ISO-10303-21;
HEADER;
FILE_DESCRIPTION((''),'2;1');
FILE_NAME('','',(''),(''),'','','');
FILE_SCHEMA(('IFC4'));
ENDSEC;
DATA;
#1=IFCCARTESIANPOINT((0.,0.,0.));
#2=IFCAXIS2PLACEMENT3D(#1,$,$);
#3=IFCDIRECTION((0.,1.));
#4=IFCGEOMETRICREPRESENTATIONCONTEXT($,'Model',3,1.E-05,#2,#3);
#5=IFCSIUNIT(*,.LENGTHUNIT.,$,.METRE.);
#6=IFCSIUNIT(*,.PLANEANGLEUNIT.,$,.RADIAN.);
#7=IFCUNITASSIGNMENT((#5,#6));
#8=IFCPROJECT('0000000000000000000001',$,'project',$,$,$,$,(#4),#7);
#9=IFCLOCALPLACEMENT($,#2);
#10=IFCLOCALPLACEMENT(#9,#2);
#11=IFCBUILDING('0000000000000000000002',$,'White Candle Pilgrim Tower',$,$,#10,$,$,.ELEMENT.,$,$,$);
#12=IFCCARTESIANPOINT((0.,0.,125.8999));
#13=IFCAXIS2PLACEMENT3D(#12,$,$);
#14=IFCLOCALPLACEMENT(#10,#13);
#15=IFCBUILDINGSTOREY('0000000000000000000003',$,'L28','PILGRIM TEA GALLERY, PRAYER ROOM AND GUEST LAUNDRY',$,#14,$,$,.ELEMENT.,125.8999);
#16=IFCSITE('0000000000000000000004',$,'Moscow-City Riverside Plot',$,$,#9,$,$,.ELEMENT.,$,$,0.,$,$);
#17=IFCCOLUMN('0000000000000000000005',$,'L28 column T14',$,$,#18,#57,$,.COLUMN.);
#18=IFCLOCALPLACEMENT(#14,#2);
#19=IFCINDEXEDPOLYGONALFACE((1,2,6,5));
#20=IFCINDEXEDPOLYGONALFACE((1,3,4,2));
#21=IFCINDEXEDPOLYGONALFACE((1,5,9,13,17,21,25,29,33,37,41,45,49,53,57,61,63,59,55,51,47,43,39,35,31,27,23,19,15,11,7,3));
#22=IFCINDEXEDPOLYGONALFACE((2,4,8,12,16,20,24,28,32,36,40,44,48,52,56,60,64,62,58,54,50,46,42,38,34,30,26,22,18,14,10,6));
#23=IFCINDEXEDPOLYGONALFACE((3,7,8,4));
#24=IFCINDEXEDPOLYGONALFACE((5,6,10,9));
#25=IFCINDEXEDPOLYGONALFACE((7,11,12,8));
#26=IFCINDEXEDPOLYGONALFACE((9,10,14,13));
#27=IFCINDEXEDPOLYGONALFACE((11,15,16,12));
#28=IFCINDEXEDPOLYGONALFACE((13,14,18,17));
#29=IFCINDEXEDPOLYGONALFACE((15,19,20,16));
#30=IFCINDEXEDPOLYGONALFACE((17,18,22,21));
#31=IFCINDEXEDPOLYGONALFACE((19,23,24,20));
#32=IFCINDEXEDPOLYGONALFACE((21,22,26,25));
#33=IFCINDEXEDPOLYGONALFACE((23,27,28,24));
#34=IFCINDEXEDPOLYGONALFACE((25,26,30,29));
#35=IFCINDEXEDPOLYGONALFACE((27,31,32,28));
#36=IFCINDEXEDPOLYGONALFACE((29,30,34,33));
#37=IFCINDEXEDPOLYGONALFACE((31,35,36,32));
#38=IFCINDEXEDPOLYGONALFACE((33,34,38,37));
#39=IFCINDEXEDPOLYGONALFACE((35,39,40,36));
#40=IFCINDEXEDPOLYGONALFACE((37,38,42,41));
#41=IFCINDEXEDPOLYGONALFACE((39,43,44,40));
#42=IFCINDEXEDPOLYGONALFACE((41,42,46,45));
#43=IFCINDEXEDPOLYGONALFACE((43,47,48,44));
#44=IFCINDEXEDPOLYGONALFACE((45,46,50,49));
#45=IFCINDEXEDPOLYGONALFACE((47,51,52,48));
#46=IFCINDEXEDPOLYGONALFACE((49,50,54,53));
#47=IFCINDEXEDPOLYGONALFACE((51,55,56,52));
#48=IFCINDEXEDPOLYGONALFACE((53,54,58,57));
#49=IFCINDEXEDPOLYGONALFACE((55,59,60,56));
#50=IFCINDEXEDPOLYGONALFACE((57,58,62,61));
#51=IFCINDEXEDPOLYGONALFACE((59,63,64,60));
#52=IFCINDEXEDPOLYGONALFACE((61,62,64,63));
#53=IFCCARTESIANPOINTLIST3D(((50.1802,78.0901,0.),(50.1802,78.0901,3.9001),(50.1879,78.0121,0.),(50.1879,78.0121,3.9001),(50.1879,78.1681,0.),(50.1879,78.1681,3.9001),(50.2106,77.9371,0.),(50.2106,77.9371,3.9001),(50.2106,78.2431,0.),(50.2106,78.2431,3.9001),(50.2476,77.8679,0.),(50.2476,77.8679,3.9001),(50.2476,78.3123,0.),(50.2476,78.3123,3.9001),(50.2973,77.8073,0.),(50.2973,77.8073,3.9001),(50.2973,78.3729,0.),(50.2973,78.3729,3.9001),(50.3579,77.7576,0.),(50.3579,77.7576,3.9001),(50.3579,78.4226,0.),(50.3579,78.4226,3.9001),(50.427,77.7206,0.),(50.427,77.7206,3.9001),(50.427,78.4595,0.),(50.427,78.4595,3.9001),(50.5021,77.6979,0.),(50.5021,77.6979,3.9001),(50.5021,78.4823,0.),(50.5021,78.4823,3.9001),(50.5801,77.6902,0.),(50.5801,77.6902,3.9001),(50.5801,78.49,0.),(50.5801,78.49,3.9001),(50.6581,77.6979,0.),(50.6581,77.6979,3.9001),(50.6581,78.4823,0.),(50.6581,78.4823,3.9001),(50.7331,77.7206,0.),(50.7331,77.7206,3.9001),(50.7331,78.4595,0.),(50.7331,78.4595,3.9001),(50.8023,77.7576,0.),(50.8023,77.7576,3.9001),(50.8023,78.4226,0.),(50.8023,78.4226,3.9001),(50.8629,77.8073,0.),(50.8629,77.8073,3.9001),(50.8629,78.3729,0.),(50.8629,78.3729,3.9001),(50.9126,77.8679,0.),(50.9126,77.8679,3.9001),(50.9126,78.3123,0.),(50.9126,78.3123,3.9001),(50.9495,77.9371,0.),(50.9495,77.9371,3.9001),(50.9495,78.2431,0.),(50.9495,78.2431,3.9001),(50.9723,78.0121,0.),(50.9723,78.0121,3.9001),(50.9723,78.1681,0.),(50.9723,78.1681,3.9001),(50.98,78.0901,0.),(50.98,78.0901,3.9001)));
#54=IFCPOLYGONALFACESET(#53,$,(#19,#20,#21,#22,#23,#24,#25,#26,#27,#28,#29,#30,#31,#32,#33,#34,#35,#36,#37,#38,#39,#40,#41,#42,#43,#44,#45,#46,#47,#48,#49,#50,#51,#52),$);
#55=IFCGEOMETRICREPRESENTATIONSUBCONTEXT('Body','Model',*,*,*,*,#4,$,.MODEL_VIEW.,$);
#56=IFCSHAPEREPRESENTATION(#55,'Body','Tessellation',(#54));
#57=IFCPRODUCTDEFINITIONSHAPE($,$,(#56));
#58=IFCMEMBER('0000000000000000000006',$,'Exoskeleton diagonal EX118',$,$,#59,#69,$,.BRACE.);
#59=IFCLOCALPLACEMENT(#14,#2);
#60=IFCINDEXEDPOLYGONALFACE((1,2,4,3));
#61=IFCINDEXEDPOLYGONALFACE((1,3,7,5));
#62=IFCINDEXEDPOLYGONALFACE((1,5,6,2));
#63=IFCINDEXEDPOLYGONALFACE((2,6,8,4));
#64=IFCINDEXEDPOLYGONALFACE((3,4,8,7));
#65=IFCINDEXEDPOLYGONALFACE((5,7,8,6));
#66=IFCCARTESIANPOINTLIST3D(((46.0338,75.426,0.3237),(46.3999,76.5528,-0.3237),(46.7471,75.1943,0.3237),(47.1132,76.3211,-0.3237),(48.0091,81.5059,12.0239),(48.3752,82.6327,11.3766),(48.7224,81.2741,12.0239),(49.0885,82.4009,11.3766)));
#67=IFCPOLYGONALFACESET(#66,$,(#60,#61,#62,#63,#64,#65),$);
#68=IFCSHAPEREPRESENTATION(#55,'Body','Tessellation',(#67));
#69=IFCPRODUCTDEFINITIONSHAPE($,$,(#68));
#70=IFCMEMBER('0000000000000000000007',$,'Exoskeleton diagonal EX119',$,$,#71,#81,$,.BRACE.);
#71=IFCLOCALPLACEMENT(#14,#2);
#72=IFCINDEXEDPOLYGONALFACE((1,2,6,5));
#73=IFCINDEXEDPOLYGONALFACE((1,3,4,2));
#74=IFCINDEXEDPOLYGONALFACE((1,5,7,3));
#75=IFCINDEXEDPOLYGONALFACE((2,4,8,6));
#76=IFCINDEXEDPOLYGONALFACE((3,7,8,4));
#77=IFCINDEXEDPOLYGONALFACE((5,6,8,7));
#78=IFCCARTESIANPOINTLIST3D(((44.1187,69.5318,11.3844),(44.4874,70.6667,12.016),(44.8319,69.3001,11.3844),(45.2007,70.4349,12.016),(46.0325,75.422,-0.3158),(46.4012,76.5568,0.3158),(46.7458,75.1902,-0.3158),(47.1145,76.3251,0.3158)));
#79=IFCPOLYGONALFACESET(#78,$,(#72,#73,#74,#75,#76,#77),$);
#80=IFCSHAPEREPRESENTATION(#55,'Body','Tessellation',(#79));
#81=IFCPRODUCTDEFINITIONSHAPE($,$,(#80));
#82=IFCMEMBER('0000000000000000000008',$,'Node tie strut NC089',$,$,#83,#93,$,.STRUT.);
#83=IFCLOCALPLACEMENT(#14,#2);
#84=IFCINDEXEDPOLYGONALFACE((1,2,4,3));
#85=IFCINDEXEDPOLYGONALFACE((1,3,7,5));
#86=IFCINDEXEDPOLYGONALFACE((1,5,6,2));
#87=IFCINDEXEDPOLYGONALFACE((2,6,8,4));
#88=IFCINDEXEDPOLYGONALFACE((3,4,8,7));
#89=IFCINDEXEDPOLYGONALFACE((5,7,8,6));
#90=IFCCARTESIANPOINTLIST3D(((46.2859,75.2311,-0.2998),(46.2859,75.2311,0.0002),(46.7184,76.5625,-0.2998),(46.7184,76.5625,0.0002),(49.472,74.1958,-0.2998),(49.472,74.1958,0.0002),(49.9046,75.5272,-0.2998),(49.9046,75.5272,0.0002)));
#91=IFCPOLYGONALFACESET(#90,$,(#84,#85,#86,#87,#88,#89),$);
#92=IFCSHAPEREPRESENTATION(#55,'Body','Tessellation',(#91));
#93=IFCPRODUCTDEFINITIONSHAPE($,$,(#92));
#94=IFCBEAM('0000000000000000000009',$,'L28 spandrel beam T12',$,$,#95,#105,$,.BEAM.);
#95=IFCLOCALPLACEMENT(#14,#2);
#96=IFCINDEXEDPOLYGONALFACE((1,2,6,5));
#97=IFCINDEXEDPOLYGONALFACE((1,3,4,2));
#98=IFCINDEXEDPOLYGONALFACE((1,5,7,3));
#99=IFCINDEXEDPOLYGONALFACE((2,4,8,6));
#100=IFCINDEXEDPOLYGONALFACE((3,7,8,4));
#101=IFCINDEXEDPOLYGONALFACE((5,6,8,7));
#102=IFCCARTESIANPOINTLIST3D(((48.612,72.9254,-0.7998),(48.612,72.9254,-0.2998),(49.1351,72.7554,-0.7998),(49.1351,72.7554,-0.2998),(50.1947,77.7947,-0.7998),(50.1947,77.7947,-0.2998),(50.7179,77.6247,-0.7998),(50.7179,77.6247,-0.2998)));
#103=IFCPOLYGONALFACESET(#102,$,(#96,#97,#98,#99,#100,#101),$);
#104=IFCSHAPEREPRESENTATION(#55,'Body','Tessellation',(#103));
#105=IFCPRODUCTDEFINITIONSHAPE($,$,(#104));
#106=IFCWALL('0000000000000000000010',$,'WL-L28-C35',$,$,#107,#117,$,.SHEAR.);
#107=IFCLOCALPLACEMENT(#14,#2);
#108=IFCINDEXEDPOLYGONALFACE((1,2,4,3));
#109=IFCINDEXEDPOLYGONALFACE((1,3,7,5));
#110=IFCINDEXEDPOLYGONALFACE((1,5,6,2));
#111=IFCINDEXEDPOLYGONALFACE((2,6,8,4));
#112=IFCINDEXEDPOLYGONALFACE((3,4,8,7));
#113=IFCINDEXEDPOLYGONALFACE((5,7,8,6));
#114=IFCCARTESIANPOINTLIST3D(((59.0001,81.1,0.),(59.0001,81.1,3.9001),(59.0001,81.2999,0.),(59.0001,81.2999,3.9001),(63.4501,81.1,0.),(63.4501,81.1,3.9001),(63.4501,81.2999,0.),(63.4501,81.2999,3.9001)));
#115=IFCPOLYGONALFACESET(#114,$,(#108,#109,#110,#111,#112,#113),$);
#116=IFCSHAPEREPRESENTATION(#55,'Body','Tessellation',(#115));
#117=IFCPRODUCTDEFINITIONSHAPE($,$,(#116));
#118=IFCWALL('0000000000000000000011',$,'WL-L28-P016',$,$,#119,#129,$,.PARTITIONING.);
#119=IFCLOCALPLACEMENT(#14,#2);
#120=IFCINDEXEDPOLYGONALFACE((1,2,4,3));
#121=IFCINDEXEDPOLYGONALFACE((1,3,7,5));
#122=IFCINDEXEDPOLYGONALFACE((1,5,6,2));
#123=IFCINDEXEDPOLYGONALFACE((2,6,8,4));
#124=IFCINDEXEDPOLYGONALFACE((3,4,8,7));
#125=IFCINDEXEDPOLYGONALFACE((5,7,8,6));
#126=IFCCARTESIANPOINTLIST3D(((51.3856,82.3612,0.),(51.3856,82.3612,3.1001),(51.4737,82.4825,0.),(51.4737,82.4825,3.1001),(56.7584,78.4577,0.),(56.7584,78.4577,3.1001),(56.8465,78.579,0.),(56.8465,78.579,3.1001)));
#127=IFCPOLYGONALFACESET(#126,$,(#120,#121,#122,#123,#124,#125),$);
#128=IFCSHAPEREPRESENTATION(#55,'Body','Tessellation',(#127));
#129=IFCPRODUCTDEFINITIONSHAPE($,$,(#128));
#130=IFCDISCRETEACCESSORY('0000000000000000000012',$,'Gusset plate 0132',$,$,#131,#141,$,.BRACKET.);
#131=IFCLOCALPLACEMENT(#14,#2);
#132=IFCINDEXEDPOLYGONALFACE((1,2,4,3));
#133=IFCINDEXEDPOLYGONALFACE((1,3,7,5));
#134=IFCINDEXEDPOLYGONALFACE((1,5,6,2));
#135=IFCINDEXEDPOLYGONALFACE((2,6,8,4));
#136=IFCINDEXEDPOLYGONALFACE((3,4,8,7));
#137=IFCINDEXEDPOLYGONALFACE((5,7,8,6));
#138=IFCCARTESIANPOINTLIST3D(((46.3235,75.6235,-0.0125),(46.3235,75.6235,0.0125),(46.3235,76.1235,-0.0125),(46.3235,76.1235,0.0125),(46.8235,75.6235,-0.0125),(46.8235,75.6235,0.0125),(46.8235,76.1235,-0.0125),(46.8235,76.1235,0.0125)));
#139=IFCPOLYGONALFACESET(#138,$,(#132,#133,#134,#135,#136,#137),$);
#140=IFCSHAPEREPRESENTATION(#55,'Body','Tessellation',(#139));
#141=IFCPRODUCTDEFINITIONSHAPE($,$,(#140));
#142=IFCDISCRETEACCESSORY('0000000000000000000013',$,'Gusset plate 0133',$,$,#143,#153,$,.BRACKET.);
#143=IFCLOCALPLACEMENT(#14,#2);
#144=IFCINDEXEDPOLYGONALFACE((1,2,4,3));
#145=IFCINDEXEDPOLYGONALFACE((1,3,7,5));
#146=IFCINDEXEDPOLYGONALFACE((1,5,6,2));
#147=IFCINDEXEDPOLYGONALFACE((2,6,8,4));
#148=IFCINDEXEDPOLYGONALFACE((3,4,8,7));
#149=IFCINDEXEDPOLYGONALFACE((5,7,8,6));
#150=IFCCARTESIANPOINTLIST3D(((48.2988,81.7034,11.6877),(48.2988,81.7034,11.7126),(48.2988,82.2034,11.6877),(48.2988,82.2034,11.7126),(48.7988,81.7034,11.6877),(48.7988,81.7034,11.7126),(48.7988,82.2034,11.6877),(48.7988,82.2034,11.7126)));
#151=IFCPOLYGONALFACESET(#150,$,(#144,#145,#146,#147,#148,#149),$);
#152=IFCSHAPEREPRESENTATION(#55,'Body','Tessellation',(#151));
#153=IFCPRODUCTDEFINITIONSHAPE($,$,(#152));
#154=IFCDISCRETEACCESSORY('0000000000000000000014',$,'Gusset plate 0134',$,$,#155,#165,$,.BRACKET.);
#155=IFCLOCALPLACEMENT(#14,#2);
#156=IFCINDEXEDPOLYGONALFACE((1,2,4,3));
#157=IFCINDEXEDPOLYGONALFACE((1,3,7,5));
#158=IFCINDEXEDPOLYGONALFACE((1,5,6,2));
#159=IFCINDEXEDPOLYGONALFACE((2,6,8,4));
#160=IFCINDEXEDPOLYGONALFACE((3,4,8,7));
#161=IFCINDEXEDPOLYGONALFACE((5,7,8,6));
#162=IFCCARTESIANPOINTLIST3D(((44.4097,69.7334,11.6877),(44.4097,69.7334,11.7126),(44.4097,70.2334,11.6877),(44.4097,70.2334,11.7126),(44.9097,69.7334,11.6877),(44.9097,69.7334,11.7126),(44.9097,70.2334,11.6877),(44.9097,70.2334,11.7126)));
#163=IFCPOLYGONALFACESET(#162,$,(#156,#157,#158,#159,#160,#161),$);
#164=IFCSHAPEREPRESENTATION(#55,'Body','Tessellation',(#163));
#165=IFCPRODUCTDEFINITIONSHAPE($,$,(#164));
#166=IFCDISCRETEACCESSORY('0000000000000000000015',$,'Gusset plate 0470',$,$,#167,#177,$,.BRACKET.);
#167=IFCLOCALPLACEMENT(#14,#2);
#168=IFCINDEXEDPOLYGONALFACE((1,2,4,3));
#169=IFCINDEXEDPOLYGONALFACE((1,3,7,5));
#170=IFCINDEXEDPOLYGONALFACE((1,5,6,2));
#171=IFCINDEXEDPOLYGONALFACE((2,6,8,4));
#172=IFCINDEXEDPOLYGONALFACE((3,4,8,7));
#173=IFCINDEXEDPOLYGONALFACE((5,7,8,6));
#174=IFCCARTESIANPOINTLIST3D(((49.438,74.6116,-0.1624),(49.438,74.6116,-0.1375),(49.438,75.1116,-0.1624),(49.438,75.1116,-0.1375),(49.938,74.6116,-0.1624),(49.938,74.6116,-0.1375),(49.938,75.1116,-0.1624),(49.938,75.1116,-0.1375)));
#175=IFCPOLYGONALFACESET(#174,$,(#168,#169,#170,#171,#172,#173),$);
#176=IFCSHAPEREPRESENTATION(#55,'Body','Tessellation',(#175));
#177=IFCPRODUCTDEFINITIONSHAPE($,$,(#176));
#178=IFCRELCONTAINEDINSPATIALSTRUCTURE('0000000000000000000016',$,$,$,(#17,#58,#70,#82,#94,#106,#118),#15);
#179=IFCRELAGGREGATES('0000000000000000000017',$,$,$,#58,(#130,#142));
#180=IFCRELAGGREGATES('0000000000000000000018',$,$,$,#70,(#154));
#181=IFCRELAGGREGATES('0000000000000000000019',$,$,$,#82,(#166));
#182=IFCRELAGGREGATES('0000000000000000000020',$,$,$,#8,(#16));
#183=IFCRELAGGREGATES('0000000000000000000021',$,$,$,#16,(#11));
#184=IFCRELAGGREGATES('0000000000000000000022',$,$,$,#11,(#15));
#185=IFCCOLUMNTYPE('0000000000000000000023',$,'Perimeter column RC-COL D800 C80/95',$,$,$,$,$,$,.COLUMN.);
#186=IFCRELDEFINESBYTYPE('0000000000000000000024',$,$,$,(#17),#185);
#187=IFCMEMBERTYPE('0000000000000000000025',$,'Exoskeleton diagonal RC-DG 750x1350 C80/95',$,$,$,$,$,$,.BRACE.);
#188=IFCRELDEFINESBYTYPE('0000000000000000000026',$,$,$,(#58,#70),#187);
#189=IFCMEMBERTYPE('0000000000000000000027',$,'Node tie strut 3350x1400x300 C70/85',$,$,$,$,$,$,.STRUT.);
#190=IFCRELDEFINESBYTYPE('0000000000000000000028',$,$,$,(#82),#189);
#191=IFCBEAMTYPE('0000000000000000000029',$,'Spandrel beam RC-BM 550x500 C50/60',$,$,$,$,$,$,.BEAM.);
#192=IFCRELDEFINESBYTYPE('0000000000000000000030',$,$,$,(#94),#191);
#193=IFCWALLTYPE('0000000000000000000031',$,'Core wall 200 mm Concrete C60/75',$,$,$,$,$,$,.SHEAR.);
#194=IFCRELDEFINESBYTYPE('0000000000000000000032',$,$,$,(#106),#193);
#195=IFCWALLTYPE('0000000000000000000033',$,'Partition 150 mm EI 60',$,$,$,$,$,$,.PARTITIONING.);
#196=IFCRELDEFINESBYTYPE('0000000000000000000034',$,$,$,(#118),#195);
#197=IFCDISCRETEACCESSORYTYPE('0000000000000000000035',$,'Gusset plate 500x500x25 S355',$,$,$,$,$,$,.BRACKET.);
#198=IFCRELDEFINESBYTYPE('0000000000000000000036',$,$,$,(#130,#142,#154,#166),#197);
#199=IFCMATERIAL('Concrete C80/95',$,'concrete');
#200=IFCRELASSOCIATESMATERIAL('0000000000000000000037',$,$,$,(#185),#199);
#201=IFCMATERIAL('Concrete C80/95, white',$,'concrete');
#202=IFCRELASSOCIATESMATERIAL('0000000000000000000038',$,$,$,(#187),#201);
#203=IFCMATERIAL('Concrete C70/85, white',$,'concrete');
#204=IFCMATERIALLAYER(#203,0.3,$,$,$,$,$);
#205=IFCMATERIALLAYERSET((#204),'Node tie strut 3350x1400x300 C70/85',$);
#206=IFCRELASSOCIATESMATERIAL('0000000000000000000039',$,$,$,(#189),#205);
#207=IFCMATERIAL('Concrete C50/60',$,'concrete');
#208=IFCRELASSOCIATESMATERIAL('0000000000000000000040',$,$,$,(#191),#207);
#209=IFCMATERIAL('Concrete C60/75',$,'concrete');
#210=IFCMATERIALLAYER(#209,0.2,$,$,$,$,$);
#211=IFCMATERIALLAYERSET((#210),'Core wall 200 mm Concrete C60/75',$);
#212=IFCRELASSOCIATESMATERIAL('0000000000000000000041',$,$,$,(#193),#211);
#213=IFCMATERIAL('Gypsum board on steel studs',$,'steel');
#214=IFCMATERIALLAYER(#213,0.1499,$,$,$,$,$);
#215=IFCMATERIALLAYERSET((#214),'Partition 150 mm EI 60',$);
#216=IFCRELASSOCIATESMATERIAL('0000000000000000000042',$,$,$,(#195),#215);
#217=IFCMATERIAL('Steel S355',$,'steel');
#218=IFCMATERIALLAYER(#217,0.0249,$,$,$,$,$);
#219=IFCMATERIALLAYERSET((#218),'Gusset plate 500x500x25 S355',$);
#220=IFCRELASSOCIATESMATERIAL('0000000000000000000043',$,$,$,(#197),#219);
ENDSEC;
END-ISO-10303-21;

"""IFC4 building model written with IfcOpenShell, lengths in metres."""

from ifc_helpers import new_model, si_unit, direction, frame, frame_2d, origin, origin_2d, place, context, subcontext, project, spatial, rectangle, circle, extrude, material, layer, layer_set, material_profile, profile_set, type_object, element, aggregate, save


model = new_model("IFC4")

# Units and contexts
model_context = context("Model", 3, precision=1e-05, world=origin(), true_north=direction((0.0, 1.0)))
body_context = subcontext(model_context, "Body", "Model", "MODEL_VIEW")
ifc_project = project(units=[si_unit("LENGTHUNIT", "METRE"), si_unit("PLANEANGLEUNIT", "RADIAN")], contexts=[model_context])

# Site, building, storey
site_placement = place(None, origin())
site = spatial("IfcSite", under=ifc_project, at=site_placement, Name="Moscow-City Riverside Plot", CompositionType="ELEMENT", RefElevation=0.0)
building_placement = place(site_placement, origin())
building = spatial("IfcBuilding", under=site, at=building_placement, Name="White Candle Pilgrim Tower", CompositionType="ELEMENT")
storey_placement = place(building_placement, frame((0.0, 0.0, 125.8999)))
storey = spatial("IfcBuildingStorey", under=building, at=storey_placement, Name="L28", Description="PILGRIM TEA GALLERY, PRAYER ROOM AND GUEST LAUNDRY", CompositionType="ELEMENT", Elevation=125.8999)

# Column
ifc_material_1 = material(Name="Concrete C80/95", Category="concrete")
ifc_material_profile_1 = material_profile(ifc_material_1, circle(Radius=0.3999, at=origin_2d()), Name="RC-COL D800")
ifc_profile_set_1 = profile_set([ifc_material_profile_1], Name="Concrete C80/95")
column_type = type_object("IfcColumnType", Name="Perimeter column RC-COL D800 C80/95", PredefinedType="COLUMN", material=ifc_profile_set_1)
column_placement = place(storey_placement, frame((50.5801, 78.0901, 0.0), z_axis=(0.0, 0.0, 1.0), x_axis=(1.0, 0.0, 0.0)))
element("IfcColumn", 1, at=column_placement, inside=storey, type_object=column_type, Name="L28 column T14", PredefinedType="COLUMN", context=body_context, shape_type="SweptSolid", body=[
    extrude(circle(Radius=0.3999, at=origin_2d()), origin(), (0.0, 0.0, 1.0), 3.9001),
])

# Members
ifc_material_2 = material(Name="Concrete C80/95, white", Category="concrete")
ifc_material_profile_2 = material_profile(ifc_material_2, rectangle(XDim=0.75, YDim=1.3501, at=origin_2d()), Name="RC-DG 750x1350")
ifc_profile_set_2 = profile_set([ifc_material_profile_2], Name="Concrete C80/95, white")
member_type_1 = type_object("IfcMemberType", Name="Exoskeleton diagonal RC-DG 750x1350 C80/95", PredefinedType="BRACE", material=ifc_profile_set_2)
member_1_placement = place(storey_placement, frame((46.5735, 75.8735, 0.0), z_axis=(0.148158, 0.456009, 0.877556), x_axis=(-0.951062, 0.309001, 0.0)))
member_1 = element("IfcMember", 2, at=member_1_placement, inside=storey, type_object=member_type_1, Name="Exoskeleton diagonal EX118", PredefinedType="BRACE", context=body_context, shape_type="SweptSolid", body=[
    extrude(rectangle(XDim=0.75, YDim=1.3501, at=origin_2d()), origin(), (0.0, 0.0, 1.0), 13.3328),
])
member_2_placement = place(storey_placement, frame((46.5735, 75.8735, 0.0), z_axis=(-0.144567, -0.444934, 0.883818), x_axis=(0.951057, -0.309017, 0.0)))
member_2 = element("IfcMember", 3, at=member_2_placement, inside=storey, type_object=member_type_1, Name="Exoskeleton diagonal EX119", PredefinedType="BRACE", context=body_context, shape_type="SweptSolid", body=[
    extrude(rectangle(XDim=0.75, YDim=1.3501, at=origin_2d()), origin(), (0.0, 0.0, 1.0), 13.2383),
])
ifc_material_3 = material(Name="Concrete C70/85, white", Category="concrete")
ifc_layer_1 = layer(ifc_material_3, 0.3)
ifc_layer_set_1 = layer_set([ifc_layer_1], Name="Node tie strut 3350x1400x300 C70/85")
member_type_2 = type_object("IfcMemberType", Name="Node tie strut 3350x1400x300 C70/85", PredefinedType="STRUT", material=ifc_layer_set_1)
member_3_placement = place(storey_placement, frame((48.0952, 75.3792, -0.2998), z_axis=(0.0, 0.0, 1.0), x_axis=(-0.309017, -0.951057, 0.0)))
member_3 = element("IfcMember", 4, at=member_3_placement, inside=storey, type_object=member_type_2, Name="Node tie strut NC089", PredefinedType="STRUT", context=body_context, shape_type="SweptSolid", body=[
    extrude(rectangle(XDim=1.3999, YDim=3.3501, at=origin_2d()), origin(), (0.0, 0.0, 1.0), 0.3),
])

# Beam
ifc_material_4 = material(Name="Concrete C50/60", Category="concrete")
ifc_material_profile_3 = material_profile(ifc_material_4, rectangle(XDim=0.55, YDim=0.5, at=origin_2d()), Name="RC-BM 550x500")
ifc_profile_set_3 = profile_set([ifc_material_profile_3], Name="Concrete C50/60")
beam_type = type_object("IfcBeamType", Name="Spandrel beam RC-BM 550x500 C50/60", PredefinedType="BEAM", material=ifc_profile_set_3)
beam_placement = place(storey_placement, frame((50.4563, 77.7097, -0.5498), z_axis=(-0.309124, -0.951022, 0.0), x_axis=(0.951022, -0.309124, 0.0)))
element("IfcBeam", 5, at=beam_placement, inside=storey, type_object=beam_type, Name="L28 spandrel beam T12", PredefinedType="BEAM", context=body_context, shape_type="SweptSolid", body=[
    extrude(rectangle(XDim=0.55, YDim=0.5, at=origin_2d()), origin(), (0.0, 0.0, 1.0), 5.1201),
])

# Walls
ifc_material_5 = material(Name="Concrete C60/75", Category="concrete")
ifc_layer_2 = layer(ifc_material_5, 0.2)
ifc_layer_set_2 = layer_set([ifc_layer_2], Name="Core wall 200 mm Concrete C60/75")
wall_type_1 = type_object("IfcWallType", Name="Core wall 200 mm Concrete C60/75", PredefinedType="SHEAR", material=ifc_layer_set_2)
wall_1_placement = place(storey_placement, frame((59.0, 81.2, 0.0), z_axis=(0.0, 0.0, 1.0), x_axis=(1.0, 0.0, 0.0)))
element("IfcWall", 6, at=wall_1_placement, inside=storey, type_object=wall_type_1, Name="WL-L28-C35", PredefinedType="SHEAR", context=body_context, shape_type="SweptSolid", body=[
    extrude(rectangle(XDim=4.45, YDim=0.2, at=frame_2d((2.2251, 0.0))), origin(), (0.0, 0.0, 1.0), 3.9001),
])
ifc_material_6 = material(Name="Gypsum board on steel studs", Category="steel")
ifc_layer_3 = layer(ifc_material_6, 0.1499)
ifc_layer_set_3 = layer_set([ifc_layer_3], Name="Partition 150 mm EI 60")
wall_type_2 = type_object("IfcWallType", Name="Partition 150 mm EI 60", PredefinedType="PARTITIONING", material=ifc_layer_set_3)
wall_2_placement = place(storey_placement, frame((51.4297, 82.4219, 0.0), z_axis=(0.0, 0.0, 1.0), x_axis=(0.809017, -0.587785, 0.0)))
element("IfcWall", 7, at=wall_2_placement, inside=storey, type_object=wall_type_2, Name="WL-L28-P016", PredefinedType="PARTITIONING", context=body_context, shape_type="SweptSolid", body=[
    extrude(rectangle(XDim=6.6411, YDim=0.1499, at=frame_2d((3.3206, 0.0))), origin(), (0.0, 0.0, 1.0), 3.1001),
])

# Discrete accessories
ifc_material_7 = material(Name="Steel S355", Category="steel")
ifc_layer_4 = layer(ifc_material_7, 0.0249)
ifc_layer_set_4 = layer_set([ifc_layer_4], Name="Gusset plate 500x500x25 S355")
discrete_accessory_type = type_object("IfcDiscreteAccessoryType", Name="Gusset plate 500x500x25 S355", PredefinedType="BRACKET", material=ifc_layer_set_4)
discrete_accessory_1_placement = place(storey_placement, frame((46.5735, 75.8735, -0.0125), z_axis=(0.0, 0.0, 1.0), x_axis=(1.0, 0.0, 0.0)))
discrete_accessory_1 = element("IfcDiscreteAccessory", 8, at=discrete_accessory_1_placement, type_object=discrete_accessory_type, Name="Gusset plate 0132", PredefinedType="BRACKET", context=body_context, shape_type="SweptSolid", body=[
    extrude(rectangle(XDim=0.5, YDim=0.5, at=origin_2d()), origin(), (0.0, 0.0, 1.0), 0.0249),
])
placement = place(building_placement, frame((0.0, 0.0, 137.6001)))
discrete_accessory_2_placement = place(placement, frame((48.5488, 81.9534, -0.0125), z_axis=(0.0, 0.0, 1.0), x_axis=(1.0, 0.0, 0.0)))
discrete_accessory_2 = element("IfcDiscreteAccessory", 9, at=discrete_accessory_2_placement, type_object=discrete_accessory_type, Name="Gusset plate 0133", PredefinedType="BRACKET", context=body_context, shape_type="SweptSolid", body=[
    extrude(rectangle(XDim=0.5, YDim=0.5, at=origin_2d()), origin(), (0.0, 0.0, 1.0), 0.0249),
])
aggregate(member_1, [discrete_accessory_1, discrete_accessory_2])
discrete_accessory_3_placement = place(placement, frame((44.6597, 69.9834, -0.0125), z_axis=(0.0, 0.0, 1.0), x_axis=(1.0, 0.0, 0.0)))
discrete_accessory_3 = element("IfcDiscreteAccessory", 10, at=discrete_accessory_3_placement, type_object=discrete_accessory_type, Name="Gusset plate 0134", PredefinedType="BRACKET", context=body_context, shape_type="SweptSolid", body=[
    extrude(rectangle(XDim=0.5, YDim=0.5, at=origin_2d()), origin(), (0.0, 0.0, 1.0), 0.0249),
])
aggregate(member_2, [discrete_accessory_3])
discrete_accessory_4_placement = place(storey_placement, frame((49.688, 74.8616, -0.1624), z_axis=(0.0, 0.0, 1.0), x_axis=(1.0, 0.0, 0.0)))
discrete_accessory_4 = element("IfcDiscreteAccessory", 11, at=discrete_accessory_4_placement, type_object=discrete_accessory_type, Name="Gusset plate 0470", PredefinedType="BRACKET", context=body_context, shape_type="SweptSolid", body=[
    extrude(rectangle(XDim=0.5, YDim=0.5, at=origin_2d()), origin(), (0.0, 0.0, 1.0), 0.0249),
])
aggregate(member_3, [discrete_accessory_4])

save(model, "model.ifc")
